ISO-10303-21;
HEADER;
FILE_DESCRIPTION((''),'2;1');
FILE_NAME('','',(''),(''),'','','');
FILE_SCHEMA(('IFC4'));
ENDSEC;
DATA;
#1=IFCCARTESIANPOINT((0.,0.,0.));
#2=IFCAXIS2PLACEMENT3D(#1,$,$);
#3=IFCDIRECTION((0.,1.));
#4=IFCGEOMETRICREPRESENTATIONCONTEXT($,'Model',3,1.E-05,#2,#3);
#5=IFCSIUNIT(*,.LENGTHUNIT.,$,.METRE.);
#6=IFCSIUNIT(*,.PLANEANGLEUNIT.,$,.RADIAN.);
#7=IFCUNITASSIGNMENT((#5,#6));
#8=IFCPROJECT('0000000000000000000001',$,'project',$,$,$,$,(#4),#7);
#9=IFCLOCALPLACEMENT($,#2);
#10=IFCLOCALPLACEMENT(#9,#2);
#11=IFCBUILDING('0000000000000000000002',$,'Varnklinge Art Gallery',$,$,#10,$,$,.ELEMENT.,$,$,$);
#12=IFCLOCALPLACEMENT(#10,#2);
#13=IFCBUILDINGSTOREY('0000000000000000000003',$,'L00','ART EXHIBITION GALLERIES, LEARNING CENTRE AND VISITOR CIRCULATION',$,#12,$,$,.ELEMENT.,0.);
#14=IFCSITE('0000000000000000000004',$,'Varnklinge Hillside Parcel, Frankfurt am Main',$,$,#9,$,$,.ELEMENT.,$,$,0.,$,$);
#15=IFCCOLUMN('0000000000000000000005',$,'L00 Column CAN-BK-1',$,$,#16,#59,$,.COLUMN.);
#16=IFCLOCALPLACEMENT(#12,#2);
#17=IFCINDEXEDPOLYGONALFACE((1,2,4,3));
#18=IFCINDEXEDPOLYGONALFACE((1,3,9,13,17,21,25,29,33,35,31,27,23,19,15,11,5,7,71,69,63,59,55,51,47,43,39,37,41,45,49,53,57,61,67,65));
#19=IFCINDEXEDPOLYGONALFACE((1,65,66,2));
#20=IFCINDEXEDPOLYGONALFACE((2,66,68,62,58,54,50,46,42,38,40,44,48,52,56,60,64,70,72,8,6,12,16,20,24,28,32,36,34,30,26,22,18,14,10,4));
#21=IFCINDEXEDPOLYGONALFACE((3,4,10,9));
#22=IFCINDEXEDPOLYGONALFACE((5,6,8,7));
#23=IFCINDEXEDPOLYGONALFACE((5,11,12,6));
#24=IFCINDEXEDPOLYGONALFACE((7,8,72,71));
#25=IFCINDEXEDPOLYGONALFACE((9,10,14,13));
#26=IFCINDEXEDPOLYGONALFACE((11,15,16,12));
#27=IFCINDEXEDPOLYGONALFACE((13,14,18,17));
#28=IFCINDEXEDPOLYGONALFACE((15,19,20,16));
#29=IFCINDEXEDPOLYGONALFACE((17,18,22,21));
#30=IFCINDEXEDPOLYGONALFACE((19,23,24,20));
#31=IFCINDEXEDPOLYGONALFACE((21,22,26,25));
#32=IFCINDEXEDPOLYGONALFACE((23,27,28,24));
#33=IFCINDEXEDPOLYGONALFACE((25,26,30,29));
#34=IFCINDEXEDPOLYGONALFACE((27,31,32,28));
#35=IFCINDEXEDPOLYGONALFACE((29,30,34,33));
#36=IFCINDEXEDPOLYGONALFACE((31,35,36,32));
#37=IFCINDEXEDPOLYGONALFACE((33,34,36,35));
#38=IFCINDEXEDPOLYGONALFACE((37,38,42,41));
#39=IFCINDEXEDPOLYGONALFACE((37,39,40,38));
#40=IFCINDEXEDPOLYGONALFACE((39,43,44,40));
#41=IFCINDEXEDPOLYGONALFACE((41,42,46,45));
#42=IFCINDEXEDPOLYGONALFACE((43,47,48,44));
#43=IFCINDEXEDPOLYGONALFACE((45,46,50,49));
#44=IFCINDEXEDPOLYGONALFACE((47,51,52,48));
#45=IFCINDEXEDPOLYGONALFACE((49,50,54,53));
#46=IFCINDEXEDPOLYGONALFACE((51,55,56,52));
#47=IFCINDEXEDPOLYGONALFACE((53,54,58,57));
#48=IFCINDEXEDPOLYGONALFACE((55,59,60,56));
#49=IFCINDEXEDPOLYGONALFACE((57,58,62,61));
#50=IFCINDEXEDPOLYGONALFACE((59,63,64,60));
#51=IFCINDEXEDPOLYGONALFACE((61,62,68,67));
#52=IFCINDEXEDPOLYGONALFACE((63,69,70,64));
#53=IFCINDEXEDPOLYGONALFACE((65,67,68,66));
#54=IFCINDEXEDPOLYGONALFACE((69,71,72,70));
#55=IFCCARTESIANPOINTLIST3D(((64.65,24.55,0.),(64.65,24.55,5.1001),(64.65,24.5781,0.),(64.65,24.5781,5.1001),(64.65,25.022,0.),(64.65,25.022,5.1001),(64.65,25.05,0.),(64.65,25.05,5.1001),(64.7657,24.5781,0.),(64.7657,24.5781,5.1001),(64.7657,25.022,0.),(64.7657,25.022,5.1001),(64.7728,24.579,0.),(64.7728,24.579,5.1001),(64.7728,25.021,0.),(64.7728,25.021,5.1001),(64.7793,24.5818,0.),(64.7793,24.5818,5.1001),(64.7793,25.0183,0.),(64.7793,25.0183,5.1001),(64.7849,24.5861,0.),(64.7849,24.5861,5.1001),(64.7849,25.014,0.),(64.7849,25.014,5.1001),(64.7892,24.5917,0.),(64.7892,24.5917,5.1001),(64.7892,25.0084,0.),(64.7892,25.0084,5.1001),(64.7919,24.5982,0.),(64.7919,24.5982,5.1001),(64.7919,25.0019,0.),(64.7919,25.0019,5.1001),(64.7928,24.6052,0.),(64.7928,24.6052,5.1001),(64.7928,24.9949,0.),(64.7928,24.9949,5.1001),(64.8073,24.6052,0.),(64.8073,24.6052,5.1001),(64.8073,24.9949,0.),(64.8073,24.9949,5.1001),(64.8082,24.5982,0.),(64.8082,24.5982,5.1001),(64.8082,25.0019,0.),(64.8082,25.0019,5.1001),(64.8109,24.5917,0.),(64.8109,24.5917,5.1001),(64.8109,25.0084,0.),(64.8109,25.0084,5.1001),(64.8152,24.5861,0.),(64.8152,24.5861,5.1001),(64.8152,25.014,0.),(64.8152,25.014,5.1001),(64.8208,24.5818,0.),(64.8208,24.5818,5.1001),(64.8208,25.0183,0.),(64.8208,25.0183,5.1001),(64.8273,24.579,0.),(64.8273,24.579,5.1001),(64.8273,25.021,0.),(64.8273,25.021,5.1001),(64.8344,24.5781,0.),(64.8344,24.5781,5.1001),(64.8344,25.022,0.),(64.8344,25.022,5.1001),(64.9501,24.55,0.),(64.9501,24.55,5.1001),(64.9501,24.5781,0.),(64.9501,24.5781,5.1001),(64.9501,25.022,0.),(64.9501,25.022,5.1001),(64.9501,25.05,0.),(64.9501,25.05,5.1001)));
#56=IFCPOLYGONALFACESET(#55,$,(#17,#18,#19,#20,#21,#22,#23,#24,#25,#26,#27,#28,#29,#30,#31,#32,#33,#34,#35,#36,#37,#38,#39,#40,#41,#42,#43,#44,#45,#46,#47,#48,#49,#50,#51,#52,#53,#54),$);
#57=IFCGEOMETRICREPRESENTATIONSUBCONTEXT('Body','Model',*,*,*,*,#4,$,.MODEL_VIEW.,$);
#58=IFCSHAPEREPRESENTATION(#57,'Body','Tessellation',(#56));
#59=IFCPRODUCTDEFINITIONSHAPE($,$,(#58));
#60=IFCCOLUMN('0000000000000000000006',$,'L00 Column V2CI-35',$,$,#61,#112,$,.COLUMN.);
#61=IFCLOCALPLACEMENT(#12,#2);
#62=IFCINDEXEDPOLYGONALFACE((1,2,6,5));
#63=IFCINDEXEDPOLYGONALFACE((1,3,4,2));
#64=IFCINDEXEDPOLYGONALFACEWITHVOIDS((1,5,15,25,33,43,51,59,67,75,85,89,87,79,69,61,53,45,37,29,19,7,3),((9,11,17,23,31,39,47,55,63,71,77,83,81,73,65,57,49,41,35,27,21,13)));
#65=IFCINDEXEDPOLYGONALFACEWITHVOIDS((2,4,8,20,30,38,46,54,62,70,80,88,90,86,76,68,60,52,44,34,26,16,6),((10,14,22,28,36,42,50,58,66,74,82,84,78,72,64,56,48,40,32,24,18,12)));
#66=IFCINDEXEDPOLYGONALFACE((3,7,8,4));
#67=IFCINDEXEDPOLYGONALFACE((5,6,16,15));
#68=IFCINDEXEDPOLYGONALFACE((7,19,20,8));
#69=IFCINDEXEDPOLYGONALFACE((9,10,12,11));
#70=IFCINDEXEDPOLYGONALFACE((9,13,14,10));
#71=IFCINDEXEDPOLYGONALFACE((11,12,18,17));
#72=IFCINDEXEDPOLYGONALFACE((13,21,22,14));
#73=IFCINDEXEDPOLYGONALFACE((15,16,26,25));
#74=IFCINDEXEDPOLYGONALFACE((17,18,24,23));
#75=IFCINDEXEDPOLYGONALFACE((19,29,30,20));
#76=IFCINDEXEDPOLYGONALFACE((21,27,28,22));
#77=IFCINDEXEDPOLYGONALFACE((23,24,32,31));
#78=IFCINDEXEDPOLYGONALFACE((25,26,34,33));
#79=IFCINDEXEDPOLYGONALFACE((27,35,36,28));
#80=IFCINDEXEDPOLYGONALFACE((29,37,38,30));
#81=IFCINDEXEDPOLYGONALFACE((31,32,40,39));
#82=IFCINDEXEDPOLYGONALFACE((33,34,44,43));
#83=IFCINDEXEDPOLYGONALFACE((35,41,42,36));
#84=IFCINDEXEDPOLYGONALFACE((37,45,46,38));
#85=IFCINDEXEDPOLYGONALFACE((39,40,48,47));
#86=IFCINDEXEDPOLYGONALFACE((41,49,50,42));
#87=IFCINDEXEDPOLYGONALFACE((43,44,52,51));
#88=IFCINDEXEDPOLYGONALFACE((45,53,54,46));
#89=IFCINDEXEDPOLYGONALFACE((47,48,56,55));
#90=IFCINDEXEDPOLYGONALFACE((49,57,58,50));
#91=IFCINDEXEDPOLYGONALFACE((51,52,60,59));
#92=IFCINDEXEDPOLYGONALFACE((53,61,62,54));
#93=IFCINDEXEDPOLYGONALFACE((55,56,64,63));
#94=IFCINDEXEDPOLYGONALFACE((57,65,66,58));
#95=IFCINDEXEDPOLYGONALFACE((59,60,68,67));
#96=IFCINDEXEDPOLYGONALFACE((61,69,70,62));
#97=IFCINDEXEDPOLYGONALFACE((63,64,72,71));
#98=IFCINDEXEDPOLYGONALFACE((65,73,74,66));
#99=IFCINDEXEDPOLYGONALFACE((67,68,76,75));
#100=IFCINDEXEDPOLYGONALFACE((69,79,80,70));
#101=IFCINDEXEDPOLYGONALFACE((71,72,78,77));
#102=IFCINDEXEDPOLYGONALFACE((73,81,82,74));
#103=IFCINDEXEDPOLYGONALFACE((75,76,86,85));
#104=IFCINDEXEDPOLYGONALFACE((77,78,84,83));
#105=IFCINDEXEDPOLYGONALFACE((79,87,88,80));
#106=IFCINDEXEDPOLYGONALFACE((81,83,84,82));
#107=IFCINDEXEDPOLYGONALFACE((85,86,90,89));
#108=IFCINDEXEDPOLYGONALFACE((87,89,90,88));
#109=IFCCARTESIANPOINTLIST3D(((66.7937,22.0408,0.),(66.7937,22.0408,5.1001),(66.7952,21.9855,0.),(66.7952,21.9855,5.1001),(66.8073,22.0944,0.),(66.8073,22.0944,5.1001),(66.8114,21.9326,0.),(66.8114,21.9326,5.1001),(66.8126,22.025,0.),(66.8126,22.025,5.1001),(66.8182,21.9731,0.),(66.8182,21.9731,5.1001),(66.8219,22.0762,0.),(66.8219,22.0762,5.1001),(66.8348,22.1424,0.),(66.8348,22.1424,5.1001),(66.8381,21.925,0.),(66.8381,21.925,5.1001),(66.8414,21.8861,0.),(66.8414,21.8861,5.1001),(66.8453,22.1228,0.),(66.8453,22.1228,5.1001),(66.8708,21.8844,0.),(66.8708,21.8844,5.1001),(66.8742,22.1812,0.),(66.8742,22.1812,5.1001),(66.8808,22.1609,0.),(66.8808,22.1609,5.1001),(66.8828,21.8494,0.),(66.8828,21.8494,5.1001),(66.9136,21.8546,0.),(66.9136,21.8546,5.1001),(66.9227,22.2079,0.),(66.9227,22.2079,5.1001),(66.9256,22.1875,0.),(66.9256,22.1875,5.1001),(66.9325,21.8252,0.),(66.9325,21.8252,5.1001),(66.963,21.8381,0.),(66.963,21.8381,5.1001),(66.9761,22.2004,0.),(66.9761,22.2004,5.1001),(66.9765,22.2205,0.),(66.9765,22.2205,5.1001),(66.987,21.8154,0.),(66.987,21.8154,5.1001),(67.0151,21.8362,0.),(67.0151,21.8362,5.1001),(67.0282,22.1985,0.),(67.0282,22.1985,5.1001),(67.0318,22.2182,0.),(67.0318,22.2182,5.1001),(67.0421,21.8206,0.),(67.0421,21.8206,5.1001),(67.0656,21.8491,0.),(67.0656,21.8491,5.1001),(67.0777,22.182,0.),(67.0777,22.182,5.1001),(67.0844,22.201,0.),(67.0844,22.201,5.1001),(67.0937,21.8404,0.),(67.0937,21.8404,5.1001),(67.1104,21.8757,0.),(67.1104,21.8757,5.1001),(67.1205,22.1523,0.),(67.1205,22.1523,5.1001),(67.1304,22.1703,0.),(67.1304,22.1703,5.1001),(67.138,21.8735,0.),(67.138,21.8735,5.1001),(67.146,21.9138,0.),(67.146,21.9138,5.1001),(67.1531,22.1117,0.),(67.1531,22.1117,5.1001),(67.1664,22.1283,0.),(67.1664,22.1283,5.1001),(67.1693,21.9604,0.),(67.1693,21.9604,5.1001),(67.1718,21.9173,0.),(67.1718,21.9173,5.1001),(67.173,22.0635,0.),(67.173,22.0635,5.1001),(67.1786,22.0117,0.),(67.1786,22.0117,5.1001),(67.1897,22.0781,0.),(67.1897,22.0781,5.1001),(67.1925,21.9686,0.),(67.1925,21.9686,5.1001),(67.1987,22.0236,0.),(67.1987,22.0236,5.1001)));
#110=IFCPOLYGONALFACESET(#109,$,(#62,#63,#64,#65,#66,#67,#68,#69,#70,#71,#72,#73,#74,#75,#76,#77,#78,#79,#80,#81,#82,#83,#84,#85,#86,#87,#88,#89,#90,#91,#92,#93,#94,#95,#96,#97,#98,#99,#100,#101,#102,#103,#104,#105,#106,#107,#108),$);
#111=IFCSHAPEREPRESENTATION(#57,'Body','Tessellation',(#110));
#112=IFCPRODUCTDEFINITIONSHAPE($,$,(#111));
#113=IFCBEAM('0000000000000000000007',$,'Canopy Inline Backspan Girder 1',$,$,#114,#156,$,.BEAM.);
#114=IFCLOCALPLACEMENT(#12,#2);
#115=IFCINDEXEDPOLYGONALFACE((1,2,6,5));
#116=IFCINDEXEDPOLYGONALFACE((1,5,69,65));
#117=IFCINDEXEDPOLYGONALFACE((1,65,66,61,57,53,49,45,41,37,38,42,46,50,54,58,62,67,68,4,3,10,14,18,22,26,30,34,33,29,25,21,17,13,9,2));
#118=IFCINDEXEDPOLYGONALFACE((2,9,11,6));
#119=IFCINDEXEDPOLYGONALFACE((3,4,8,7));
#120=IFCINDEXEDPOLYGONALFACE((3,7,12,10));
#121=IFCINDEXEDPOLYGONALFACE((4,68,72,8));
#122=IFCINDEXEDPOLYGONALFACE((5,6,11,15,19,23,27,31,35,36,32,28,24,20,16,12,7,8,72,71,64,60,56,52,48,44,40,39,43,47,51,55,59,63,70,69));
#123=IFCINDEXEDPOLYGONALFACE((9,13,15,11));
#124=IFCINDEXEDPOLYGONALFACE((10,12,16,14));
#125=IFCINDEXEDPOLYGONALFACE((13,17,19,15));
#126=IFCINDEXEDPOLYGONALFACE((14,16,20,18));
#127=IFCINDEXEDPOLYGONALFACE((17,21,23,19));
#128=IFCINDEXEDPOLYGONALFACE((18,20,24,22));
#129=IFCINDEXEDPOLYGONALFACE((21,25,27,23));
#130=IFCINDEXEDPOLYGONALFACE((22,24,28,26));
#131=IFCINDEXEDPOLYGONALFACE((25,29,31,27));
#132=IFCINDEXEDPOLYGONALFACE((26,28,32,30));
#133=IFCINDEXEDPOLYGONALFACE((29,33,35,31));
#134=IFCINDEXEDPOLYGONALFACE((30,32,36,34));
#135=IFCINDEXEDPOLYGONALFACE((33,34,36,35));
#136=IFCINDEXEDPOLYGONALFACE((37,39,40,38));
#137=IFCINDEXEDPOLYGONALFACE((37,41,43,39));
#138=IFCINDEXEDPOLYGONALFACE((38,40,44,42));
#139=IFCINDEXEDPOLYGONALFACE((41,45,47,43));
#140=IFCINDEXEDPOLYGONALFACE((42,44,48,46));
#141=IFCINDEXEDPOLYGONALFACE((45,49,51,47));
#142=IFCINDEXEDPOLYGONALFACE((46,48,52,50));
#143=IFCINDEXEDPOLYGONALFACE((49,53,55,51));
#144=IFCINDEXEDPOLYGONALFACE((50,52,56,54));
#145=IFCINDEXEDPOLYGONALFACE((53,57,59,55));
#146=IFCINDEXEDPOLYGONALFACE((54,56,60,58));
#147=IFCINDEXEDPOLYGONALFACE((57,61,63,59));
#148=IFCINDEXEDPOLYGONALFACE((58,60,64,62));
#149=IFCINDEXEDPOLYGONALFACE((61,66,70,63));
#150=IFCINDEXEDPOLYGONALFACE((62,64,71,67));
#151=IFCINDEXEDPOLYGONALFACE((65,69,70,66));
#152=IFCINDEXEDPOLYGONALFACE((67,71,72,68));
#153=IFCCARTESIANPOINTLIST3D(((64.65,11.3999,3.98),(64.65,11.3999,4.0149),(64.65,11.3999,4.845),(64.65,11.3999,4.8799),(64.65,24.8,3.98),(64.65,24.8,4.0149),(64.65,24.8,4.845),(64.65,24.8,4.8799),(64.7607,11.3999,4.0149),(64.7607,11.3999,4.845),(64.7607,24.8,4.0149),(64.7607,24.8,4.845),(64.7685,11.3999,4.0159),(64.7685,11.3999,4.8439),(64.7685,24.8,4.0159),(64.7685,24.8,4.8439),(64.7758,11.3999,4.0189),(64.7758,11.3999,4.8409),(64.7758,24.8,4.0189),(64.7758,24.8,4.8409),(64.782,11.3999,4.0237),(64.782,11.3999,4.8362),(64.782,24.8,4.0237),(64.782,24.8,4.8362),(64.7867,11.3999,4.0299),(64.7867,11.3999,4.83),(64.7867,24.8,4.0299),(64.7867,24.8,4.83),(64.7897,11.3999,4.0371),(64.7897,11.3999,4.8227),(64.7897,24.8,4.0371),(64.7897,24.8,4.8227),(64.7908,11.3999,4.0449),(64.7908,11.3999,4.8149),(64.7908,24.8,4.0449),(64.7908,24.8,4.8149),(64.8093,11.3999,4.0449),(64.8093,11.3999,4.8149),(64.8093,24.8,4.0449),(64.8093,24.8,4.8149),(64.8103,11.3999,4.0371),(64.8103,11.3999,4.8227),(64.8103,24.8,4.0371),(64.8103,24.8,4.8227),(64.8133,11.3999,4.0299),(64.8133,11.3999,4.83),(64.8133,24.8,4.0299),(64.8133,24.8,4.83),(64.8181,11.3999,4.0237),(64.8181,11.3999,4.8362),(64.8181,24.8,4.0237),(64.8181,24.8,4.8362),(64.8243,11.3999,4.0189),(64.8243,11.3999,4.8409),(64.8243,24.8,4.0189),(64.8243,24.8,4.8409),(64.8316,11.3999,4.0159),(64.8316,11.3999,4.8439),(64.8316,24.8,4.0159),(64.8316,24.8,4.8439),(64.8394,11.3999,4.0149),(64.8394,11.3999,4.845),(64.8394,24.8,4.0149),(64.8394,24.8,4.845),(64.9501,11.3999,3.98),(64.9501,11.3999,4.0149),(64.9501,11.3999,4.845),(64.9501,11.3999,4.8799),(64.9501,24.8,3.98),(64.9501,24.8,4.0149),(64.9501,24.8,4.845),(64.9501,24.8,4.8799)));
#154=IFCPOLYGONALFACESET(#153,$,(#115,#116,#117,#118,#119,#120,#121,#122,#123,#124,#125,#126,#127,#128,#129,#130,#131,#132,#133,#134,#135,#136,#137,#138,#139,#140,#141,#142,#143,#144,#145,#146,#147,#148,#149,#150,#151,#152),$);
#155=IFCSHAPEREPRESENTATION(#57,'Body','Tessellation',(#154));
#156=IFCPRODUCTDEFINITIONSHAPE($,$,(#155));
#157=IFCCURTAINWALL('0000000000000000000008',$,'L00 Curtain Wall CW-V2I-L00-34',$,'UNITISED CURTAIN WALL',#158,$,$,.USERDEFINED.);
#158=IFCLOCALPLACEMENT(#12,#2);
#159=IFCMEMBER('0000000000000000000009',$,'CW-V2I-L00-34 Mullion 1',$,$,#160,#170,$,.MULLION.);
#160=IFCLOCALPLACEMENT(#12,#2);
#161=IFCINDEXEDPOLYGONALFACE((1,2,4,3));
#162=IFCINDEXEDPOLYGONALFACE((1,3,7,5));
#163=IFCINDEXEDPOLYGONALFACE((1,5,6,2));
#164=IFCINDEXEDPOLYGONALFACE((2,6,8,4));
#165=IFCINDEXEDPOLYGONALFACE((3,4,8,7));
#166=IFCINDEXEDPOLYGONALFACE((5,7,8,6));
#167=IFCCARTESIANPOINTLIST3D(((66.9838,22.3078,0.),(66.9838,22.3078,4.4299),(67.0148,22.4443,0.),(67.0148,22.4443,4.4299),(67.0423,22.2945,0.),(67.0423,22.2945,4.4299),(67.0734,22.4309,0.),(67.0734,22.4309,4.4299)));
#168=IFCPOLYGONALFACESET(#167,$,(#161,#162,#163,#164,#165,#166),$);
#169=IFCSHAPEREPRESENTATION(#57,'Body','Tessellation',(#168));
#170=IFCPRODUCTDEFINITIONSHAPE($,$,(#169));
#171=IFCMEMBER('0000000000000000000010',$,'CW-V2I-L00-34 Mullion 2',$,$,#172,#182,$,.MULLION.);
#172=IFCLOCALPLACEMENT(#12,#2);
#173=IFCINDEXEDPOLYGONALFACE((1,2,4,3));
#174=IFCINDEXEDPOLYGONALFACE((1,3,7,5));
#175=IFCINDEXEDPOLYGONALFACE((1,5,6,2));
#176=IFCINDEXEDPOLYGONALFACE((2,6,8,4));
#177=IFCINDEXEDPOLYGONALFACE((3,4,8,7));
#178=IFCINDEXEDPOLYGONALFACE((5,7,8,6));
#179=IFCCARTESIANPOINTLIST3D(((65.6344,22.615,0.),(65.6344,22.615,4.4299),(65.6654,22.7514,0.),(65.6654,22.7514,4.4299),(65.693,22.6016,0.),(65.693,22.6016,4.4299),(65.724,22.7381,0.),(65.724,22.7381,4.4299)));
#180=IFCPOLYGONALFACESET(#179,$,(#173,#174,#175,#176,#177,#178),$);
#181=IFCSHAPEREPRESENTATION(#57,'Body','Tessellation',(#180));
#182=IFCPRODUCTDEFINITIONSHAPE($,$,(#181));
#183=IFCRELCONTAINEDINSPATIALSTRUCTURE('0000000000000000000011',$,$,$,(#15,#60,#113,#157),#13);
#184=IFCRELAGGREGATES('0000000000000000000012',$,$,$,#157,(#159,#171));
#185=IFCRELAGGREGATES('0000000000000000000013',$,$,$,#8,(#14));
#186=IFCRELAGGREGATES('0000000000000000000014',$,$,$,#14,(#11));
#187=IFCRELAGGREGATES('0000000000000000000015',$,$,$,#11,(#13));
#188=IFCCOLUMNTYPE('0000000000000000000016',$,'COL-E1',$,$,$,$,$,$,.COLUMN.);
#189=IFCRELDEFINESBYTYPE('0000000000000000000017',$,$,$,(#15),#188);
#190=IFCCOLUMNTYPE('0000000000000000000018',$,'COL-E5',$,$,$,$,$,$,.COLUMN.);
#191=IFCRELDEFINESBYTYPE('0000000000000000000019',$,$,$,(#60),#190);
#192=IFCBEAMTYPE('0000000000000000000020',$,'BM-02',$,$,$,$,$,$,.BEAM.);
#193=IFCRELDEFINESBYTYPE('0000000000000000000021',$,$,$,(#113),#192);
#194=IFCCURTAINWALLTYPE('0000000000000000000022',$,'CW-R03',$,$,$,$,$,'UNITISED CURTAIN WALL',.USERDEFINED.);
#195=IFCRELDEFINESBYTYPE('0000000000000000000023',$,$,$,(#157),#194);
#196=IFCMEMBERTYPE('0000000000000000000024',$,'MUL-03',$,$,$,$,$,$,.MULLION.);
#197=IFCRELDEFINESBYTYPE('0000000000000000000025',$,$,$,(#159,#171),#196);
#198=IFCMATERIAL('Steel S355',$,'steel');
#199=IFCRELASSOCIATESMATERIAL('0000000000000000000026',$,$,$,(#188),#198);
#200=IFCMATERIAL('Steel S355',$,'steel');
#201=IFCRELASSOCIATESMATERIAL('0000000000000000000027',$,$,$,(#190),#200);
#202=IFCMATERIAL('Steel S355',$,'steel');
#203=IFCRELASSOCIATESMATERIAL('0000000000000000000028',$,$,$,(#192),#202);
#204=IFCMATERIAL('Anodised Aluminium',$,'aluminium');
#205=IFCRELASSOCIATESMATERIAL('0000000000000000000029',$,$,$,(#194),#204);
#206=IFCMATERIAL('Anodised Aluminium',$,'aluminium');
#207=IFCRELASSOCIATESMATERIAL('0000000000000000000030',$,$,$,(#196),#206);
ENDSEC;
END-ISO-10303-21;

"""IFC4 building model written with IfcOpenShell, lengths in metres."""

from ifc_helpers import new_model, si_unit, direction, frame, origin, origin_2d, place, context, subcontext, project, spatial, rectangle, hollow_circle, i_section, extrude, material, material_profile, profile_set, type_object, element, aggregate, save


model = new_model("IFC4")

# Units and contexts
model_context = context("Model", 3, precision=1e-05, world=origin(), true_north=direction((0.0, 1.0)))
body_context = subcontext(model_context, "Body", "Model", "MODEL_VIEW")
ifc_project = project(units=[si_unit("LENGTHUNIT", "METRE"), si_unit("PLANEANGLEUNIT", "RADIAN")], contexts=[model_context])

# Site, building, storey
site_placement = place(None, origin())
site = spatial("IfcSite", under=ifc_project, at=site_placement, Name="Varnklinge Hillside Parcel, Frankfurt am Main", CompositionType="ELEMENT", RefElevation=0.0)
building_placement = place(site_placement, origin())
building = spatial("IfcBuilding", under=site, at=building_placement, Name="Varnklinge Art Gallery", CompositionType="ELEMENT")
storey_placement = place(building_placement, origin())
storey = spatial("IfcBuildingStorey", under=building, at=storey_placement, Name="L00", Description="ART EXHIBITION GALLERIES, LEARNING CENTRE AND VISITOR CIRCULATION", CompositionType="ELEMENT", Elevation=0.0)

# Columns
ifc_material_1 = material(Name="Steel S355", Category="steel")
ifc_material_profile_1 = material_profile(ifc_material_1, i_section(OverallWidth=0.3, OverallDepth=0.5, WebThickness=0.0144, FlangeThickness=0.0281, FilletRadius=0.0271, at=origin_2d()), Name="HEB 500")
ifc_profile_set_1 = profile_set([ifc_material_profile_1], Name="Steel S355")
column_type_1 = type_object("IfcColumnType", Name="COL-E1", PredefinedType="COLUMN", material=ifc_profile_set_1)
column_1_placement = place(storey_placement, frame((64.8, 24.8, 0.0), z_axis=(0.0, 0.0, 1.0), x_axis=(1.0, 0.0, 0.0)))
element("IfcColumn", 1, at=column_1_placement, inside=storey, type_object=column_type_1, Name="L00 Column CAN-BK-1", PredefinedType="COLUMN", context=body_context, shape_type="SweptSolid", body=[
    extrude(i_section(OverallWidth=0.3, OverallDepth=0.5, WebThickness=0.0144, FlangeThickness=0.0281, FilletRadius=0.0271, at=origin_2d()), origin(), (0.0, 0.0, 1.0), 5.1001),
])
ifc_material_2 = material(Name="Steel S355", Category="steel")
ifc_material_profile_2 = material_profile(ifc_material_2, hollow_circle(Radius=0.2031, WallThickness=0.02, at=origin_2d()), Name="CHS 406.4x20")
ifc_profile_set_2 = profile_set([ifc_material_profile_2], Name="Steel S355")
column_type_2 = type_object("IfcColumnType", Name="COL-E5", PredefinedType="COLUMN", material=ifc_profile_set_2)
column_2_placement = place(storey_placement, frame((66.9956, 22.0183, 0.0), z_axis=(0.0, 0.0, 1.0), x_axis=(0.178115, 0.98401, 0.0)))
element("IfcColumn", 2, at=column_2_placement, inside=storey, type_object=column_type_2, Name="L00 Column V2CI-35", PredefinedType="COLUMN", context=body_context, shape_type="SweptSolid", body=[
    extrude(hollow_circle(Radius=0.2031, WallThickness=0.02, at=origin_2d()), origin(), (0.0, 0.0, 1.0), 5.1001),
])

# Beam
ifc_material_3 = material(Name="Steel S355", Category="steel")
ifc_material_profile_3 = material_profile(ifc_material_3, i_section(OverallWidth=0.3, OverallDepth=0.8999, WebThickness=0.0186, FlangeThickness=0.0349, FilletRadius=0.03, at=origin_2d()), Name="HEB 900")
ifc_profile_set_3 = profile_set([ifc_material_profile_3], Name="Steel S355")
beam_type_1 = type_object("IfcBeamType", Name="BM-02", PredefinedType="BEAM", material=ifc_profile_set_3)
beam_placement = place(storey_placement, frame((64.8, 24.8, 4.4299), z_axis=(0.0, -1.0, 0.0), x_axis=(1.0, 0.0, 0.0)))
element("IfcBeam", 3, at=beam_placement, inside=storey, type_object=beam_type_1, Name="Canopy Inline Backspan Girder 1", PredefinedType="BEAM", context=body_context, shape_type="SweptSolid", body=[
    extrude(i_section(OverallWidth=0.3, OverallDepth=0.8999, WebThickness=0.0186, FlangeThickness=0.0349, FilletRadius=0.03, at=origin_2d()), origin(), (0.0, 0.0, 1.0), 13.4001),
])

# Curtain wall, members
ifc_material_4 = material(Name="Anodised Aluminium", Category="aluminium")
curtain_wall_type = type_object("IfcCurtainWallType", Name="CW-R03", ElementType="UNITISED CURTAIN WALL", PredefinedType="USERDEFINED", material=ifc_material_4)
curtain_wall_1_placement = place(storey_placement, origin())
curtain_wall_1 = element("IfcCurtainWall", 4, at=curtain_wall_1_placement, inside=storey, type_object=curtain_wall_type, Name="L00 Curtain Wall CW-V2I-L00-34", ObjectType="UNITISED CURTAIN WALL", PredefinedType="USERDEFINED")
ifc_material_5 = material(Name="Anodised Aluminium", Category="aluminium")
ifc_material_profile_4 = material_profile(ifc_material_5, rectangle(XDim=0.0601, YDim=0.1399, at=origin_2d()), Name="ALU 60x140")
ifc_profile_set_4 = profile_set([ifc_material_profile_4], Name="Anodised Aluminium")
member_type_1 = type_object("IfcMemberType", Name="MUL-03", PredefinedType="MULLION", material=ifc_profile_set_4)
member_1_placement = place(storey_placement, frame((67.0286, 22.3694, 0.0), z_axis=(0.0, 0.0, 1.0), x_axis=(-0.975072, 0.221889, 0.0)))
member_1 = element("IfcMember", 5, at=member_1_placement, type_object=member_type_1, Name="CW-V2I-L00-34 Mullion 1", PredefinedType="MULLION", context=body_context, shape_type="SweptSolid", body=[
    extrude(rectangle(XDim=0.0601, YDim=0.1399, at=origin_2d()), origin(), (0.0, 0.0, 1.0), 4.4299),
])
member_2_placement = place(storey_placement, frame((65.6792, 22.6765, 0.0), z_axis=(0.0, 0.0, 1.0), x_axis=(-0.975072, 0.221889, 0.0)))
member_2 = element("IfcMember", 6, at=member_2_placement, type_object=member_type_1, Name="CW-V2I-L00-34 Mullion 2", PredefinedType="MULLION", context=body_context, shape_type="SweptSolid", body=[
    extrude(rectangle(XDim=0.0601, YDim=0.1399, at=origin_2d()), origin(), (0.0, 0.0, 1.0), 4.4299),
])

aggregate(curtain_wall_1, [member_1, member_2])

save(model, "model.ifc")
